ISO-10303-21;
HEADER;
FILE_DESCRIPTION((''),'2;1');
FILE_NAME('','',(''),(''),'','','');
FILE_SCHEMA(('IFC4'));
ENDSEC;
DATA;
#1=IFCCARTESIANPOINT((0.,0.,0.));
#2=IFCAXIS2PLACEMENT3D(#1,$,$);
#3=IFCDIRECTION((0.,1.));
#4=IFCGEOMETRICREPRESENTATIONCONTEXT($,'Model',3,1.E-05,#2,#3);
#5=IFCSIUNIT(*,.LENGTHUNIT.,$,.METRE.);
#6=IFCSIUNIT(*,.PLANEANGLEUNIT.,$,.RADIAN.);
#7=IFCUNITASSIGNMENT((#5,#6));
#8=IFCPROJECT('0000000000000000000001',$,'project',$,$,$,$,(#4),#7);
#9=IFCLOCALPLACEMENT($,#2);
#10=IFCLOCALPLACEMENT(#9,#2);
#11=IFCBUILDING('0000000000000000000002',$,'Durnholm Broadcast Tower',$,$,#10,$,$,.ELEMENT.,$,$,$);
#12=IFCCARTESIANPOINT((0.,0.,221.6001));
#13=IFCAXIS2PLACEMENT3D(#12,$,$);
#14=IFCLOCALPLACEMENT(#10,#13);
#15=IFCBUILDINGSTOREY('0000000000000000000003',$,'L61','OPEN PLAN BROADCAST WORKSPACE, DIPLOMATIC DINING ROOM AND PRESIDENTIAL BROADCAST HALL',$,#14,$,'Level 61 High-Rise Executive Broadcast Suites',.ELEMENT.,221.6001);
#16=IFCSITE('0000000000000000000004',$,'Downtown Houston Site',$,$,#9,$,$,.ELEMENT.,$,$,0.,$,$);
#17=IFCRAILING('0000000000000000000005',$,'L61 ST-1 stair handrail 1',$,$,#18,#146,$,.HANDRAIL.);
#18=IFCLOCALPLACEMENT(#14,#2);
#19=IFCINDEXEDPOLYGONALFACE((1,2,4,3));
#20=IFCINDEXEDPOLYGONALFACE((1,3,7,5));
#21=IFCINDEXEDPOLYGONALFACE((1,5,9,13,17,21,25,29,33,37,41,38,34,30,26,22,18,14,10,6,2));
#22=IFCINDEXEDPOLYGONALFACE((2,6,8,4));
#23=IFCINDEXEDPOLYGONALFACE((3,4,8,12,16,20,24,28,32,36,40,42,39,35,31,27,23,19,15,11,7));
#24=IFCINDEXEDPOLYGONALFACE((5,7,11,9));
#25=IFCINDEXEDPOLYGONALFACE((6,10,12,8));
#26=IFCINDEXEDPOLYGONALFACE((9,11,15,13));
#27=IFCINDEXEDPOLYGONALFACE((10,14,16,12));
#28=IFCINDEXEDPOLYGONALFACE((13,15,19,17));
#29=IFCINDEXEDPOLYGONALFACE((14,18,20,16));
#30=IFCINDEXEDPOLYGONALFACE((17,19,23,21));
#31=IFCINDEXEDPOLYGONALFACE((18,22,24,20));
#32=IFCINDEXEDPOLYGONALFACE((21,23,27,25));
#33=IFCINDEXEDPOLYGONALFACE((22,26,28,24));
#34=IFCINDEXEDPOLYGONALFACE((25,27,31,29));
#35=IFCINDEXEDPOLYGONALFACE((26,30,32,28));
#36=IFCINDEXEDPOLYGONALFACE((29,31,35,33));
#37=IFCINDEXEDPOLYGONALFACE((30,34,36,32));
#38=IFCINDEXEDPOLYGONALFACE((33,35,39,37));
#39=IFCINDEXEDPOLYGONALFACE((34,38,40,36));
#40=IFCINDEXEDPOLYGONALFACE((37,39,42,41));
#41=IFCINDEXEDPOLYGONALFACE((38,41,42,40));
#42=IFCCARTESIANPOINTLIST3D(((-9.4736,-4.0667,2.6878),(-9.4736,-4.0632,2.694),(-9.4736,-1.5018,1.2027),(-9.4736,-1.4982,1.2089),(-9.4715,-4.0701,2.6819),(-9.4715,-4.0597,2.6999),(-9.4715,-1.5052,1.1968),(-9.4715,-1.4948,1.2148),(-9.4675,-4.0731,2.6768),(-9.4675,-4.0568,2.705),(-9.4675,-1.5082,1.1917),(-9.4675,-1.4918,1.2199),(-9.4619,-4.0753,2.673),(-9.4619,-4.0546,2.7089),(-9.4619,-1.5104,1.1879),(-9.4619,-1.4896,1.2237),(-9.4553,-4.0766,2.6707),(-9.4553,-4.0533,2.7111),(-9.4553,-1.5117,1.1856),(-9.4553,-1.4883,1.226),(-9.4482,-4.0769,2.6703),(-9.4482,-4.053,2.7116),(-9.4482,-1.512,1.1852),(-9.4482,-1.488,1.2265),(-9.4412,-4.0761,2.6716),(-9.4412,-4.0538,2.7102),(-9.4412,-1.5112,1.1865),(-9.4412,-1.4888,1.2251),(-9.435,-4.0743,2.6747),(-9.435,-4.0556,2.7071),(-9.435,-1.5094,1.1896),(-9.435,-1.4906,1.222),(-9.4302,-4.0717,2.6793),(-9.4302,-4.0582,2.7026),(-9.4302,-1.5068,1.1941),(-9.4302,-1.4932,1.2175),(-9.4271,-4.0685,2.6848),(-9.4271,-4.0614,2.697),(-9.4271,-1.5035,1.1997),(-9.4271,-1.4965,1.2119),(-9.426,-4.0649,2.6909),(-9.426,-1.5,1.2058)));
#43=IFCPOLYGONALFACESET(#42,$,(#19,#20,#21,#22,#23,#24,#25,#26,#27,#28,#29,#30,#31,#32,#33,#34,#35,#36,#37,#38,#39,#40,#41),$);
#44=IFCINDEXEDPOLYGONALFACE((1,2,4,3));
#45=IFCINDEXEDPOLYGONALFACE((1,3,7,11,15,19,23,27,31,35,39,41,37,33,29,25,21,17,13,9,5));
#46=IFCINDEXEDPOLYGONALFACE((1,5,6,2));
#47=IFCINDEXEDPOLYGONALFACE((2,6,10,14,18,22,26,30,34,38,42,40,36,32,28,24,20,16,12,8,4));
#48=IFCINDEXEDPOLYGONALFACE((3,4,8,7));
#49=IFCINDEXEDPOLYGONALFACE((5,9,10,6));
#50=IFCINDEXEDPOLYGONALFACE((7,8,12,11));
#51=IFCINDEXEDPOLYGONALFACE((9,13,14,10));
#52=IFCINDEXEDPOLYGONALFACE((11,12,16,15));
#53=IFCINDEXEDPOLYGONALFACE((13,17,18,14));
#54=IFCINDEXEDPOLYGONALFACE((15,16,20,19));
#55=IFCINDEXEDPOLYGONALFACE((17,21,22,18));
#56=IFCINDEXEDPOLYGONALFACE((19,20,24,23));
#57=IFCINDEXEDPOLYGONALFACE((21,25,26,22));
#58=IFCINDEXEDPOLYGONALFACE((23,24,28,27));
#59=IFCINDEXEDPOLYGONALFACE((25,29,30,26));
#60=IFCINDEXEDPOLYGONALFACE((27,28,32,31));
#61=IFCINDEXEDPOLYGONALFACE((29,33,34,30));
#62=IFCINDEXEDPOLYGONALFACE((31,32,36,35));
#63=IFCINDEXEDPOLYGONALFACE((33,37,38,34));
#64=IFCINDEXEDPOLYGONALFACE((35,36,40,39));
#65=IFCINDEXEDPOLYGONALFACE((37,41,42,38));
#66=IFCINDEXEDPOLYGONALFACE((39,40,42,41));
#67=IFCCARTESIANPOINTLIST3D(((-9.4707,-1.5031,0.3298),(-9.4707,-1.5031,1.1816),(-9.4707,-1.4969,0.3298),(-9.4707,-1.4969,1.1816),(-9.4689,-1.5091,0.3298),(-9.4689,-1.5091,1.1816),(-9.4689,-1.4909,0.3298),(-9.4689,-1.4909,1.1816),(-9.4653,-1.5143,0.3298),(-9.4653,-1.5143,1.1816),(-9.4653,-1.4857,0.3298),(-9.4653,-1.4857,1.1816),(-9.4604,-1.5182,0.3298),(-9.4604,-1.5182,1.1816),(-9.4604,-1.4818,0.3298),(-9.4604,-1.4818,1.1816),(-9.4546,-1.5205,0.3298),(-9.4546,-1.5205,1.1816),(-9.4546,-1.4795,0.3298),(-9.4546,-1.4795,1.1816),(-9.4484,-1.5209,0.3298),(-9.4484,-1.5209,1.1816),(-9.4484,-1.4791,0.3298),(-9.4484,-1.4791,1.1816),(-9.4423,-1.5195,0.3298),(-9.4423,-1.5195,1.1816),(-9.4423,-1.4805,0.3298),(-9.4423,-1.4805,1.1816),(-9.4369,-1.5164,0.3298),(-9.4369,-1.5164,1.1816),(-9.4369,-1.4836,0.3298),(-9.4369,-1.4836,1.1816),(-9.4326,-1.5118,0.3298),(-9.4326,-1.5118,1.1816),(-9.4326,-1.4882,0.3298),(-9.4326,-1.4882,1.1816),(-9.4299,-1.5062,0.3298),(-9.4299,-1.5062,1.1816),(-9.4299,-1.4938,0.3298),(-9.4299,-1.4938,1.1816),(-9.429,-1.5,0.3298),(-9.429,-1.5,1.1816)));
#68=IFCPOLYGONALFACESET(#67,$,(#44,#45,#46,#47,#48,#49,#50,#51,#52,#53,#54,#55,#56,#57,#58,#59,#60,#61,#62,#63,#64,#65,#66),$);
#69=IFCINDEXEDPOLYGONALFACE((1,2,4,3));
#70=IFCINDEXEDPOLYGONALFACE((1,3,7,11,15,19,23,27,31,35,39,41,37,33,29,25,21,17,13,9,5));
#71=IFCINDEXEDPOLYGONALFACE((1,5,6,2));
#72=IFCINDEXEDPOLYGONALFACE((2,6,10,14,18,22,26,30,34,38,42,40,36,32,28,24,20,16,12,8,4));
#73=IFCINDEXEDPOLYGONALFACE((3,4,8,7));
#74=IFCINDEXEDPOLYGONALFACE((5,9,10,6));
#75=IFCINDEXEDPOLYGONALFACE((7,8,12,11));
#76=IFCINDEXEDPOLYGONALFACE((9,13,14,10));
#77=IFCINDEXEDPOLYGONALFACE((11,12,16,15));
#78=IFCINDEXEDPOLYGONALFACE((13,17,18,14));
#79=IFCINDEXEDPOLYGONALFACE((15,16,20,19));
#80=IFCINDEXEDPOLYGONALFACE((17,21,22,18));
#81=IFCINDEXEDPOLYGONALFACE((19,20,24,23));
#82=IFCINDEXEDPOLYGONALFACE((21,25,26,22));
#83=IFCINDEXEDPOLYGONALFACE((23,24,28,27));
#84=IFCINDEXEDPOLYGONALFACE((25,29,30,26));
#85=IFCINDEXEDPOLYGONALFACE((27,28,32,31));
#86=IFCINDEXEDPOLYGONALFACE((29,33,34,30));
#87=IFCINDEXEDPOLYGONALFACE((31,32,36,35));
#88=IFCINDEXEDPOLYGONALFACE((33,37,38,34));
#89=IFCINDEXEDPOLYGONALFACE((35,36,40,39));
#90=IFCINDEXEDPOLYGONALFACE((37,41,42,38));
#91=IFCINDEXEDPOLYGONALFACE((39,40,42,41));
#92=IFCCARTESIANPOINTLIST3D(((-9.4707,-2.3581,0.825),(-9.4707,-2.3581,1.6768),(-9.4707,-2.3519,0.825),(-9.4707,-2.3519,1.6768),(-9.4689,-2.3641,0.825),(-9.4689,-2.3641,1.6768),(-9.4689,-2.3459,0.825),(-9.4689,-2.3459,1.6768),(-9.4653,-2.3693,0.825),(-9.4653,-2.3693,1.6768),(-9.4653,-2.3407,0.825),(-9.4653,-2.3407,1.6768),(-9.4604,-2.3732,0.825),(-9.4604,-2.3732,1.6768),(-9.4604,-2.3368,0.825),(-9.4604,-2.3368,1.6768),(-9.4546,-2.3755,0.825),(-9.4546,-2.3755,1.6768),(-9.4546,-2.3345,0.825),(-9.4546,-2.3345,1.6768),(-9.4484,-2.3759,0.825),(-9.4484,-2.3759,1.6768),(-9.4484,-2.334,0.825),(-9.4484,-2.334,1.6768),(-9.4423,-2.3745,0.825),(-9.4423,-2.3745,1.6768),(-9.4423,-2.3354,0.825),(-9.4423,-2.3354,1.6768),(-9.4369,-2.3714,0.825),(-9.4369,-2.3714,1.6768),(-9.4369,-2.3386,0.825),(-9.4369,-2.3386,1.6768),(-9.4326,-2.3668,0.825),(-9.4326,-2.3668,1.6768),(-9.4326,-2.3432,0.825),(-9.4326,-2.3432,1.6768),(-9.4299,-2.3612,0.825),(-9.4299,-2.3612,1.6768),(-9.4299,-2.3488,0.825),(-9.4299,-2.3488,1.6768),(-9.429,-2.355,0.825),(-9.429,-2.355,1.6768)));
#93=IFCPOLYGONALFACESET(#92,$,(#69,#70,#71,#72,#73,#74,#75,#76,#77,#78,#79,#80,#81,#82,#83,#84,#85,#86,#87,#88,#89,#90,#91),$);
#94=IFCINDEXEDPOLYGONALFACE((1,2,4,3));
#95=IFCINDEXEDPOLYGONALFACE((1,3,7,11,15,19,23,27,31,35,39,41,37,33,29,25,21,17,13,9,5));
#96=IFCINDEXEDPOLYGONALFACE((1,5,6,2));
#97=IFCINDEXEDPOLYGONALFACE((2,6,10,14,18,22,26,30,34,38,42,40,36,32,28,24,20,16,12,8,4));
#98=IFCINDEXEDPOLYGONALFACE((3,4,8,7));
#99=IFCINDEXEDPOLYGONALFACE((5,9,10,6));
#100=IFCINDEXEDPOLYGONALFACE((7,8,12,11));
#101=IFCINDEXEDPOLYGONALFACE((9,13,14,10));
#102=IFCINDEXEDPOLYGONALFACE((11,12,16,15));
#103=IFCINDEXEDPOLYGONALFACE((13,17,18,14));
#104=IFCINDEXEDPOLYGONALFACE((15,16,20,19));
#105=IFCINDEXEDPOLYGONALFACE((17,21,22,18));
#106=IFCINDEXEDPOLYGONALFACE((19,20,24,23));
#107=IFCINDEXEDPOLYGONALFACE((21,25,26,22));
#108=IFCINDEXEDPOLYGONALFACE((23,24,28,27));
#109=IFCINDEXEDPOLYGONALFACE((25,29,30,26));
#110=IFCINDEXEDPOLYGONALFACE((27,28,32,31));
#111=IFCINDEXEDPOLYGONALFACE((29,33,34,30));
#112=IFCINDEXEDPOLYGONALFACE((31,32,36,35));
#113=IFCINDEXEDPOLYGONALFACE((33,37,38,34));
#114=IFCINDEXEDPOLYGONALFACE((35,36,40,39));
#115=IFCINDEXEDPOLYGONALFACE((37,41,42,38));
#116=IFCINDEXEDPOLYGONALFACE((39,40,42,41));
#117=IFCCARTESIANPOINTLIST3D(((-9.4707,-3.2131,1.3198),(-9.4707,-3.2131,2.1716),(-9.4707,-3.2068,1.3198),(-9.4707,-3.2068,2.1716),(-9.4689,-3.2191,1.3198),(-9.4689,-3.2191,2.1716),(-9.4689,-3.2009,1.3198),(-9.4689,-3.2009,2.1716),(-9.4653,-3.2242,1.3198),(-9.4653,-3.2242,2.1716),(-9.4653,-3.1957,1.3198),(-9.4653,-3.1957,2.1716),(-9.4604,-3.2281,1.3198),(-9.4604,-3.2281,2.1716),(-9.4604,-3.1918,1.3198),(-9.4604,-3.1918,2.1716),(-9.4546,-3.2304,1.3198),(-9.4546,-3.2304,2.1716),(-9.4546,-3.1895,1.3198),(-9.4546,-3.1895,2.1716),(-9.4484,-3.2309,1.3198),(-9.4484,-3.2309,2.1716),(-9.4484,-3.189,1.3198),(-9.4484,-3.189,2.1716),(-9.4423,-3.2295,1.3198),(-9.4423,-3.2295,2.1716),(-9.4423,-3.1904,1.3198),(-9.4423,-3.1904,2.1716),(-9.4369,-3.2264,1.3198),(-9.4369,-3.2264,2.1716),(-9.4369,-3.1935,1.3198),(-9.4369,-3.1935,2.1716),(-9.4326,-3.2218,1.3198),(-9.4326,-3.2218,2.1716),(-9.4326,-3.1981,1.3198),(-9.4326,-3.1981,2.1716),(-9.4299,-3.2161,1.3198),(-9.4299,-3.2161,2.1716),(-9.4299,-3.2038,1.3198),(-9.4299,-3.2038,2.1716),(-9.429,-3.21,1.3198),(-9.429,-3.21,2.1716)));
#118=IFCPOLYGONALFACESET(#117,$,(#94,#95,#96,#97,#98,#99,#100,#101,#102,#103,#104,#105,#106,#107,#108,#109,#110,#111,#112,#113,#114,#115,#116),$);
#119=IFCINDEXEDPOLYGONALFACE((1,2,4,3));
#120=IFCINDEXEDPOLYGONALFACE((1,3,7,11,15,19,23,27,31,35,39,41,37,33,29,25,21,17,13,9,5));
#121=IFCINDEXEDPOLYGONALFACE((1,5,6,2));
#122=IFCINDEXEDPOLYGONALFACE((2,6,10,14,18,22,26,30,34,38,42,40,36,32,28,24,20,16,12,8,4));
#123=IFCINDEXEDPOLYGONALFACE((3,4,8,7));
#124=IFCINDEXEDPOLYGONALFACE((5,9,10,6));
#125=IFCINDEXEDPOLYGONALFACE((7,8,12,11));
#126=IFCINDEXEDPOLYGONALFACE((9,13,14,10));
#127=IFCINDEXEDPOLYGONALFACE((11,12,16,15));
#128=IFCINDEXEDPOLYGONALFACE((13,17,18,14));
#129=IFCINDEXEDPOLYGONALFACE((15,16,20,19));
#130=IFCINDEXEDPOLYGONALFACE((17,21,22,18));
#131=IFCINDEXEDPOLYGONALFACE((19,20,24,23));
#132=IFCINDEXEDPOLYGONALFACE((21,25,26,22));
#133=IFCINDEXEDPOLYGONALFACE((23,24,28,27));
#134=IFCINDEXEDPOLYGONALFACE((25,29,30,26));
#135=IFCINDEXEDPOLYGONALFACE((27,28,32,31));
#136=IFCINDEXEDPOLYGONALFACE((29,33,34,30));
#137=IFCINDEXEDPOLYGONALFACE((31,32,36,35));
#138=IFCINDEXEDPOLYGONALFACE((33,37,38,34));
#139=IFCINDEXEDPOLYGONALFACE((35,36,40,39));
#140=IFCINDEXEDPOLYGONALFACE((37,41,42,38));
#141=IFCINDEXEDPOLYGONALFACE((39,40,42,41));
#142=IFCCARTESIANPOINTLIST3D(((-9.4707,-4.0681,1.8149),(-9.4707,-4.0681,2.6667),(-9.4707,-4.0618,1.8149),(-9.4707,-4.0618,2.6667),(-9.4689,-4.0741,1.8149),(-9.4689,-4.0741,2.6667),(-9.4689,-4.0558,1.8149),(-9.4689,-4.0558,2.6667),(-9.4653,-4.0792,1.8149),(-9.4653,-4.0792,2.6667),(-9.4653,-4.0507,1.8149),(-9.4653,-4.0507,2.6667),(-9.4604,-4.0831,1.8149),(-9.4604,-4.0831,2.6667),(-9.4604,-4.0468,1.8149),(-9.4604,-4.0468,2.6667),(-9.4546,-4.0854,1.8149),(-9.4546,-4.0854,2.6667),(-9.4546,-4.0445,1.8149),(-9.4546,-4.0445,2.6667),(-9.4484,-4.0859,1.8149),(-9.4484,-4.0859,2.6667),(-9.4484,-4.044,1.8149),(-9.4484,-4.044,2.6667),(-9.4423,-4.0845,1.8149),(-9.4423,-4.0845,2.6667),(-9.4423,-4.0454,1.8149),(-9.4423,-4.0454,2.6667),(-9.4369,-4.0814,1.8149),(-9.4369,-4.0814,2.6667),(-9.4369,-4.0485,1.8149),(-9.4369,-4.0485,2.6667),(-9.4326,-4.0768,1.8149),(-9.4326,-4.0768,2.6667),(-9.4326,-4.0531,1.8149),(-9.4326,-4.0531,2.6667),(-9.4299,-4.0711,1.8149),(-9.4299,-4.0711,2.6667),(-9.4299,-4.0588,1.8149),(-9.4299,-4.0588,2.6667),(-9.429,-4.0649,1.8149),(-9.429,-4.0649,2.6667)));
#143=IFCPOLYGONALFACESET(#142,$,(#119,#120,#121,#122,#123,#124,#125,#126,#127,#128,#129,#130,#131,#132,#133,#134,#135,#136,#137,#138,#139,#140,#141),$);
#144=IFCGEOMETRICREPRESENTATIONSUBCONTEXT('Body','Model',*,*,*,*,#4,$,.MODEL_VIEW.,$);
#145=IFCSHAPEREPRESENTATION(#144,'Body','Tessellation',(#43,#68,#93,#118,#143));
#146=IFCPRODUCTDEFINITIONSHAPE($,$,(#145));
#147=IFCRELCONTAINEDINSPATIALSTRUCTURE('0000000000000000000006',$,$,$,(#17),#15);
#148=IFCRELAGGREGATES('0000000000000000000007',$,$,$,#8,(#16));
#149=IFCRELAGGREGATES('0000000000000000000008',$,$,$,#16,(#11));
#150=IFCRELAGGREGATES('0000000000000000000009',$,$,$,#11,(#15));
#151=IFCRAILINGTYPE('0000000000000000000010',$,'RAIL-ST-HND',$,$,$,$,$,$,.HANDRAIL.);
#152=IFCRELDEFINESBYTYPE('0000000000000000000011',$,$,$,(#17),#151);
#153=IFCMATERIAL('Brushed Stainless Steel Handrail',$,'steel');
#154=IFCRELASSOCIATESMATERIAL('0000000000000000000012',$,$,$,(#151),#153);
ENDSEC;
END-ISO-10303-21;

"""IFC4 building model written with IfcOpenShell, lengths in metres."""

from ifc_helpers import new_model, si_unit, direction, frame, origin, origin_2d, place, context, subcontext, project, spatial, circle, extrude, material, type_object, element, save


model = new_model("IFC4")

# Units and contexts
model_context = context("Model", 3, precision=1e-05, world=origin(), true_north=direction((0.0, 1.0)))
body_context = subcontext(model_context, "Body", "Model", "MODEL_VIEW")
ifc_project = project(units=[si_unit("LENGTHUNIT", "METRE"), si_unit("PLANEANGLEUNIT", "RADIAN")], contexts=[model_context])

# Site, building, storey
site_placement = place(None, origin())
site = spatial("IfcSite", under=ifc_project, at=site_placement, Name="Downtown Houston Site", CompositionType="ELEMENT", RefElevation=0.0)
building_placement = place(site_placement, origin())
building = spatial("IfcBuilding", under=site, at=building_placement, Name="Durnholm Broadcast Tower", CompositionType="ELEMENT")
storey_placement = place(building_placement, frame((0.0, 0.0, 221.6001)))
storey = spatial("IfcBuildingStorey", under=building, at=storey_placement, Name="L61", Description="OPEN PLAN BROADCAST WORKSPACE, DIPLOMATIC DINING ROOM AND PRESIDENTIAL BROADCAST HALL", LongName="Level 61 High-Rise Executive Broadcast Suites", CompositionType="ELEMENT", Elevation=221.6001)

# Railing
ifc_material_1 = material(Name="Brushed Stainless Steel Handrail", Category="steel")
railing_type_1 = type_object("IfcRailingType", Name="RAIL-ST-HND", PredefinedType="HANDRAIL", material=ifc_material_1)
railing_1_placement = place(storey_placement, frame((-9.45, -1.5, 0.3298)))
element("IfcRailing", 1, at=railing_1_placement, inside=storey, type_object=railing_type_1, Name="L61 ST-1 stair handrail 1", PredefinedType="HANDRAIL", context=body_context, shape_type="SweptSolid", body=[
    extrude(circle(Radius=0.0239, at=origin_2d()), frame((0.0, 0.0, 0.876), z_axis=(0.0, -0.865406, 0.501072), x_axis=(1.0, 0.0, 0.0)), (0.0, 0.0, 1.0), 2.9639),
    extrude(circle(Radius=0.021, at=origin_2d()), origin(), (0.0, 0.0, 1.0), 0.8518),
    extrude(circle(Radius=0.021, at=origin_2d()), frame((0.0, -0.855, 0.4951)), (0.0, 0.0, 1.0), 0.8518),
    extrude(circle(Radius=0.021, at=origin_2d()), frame((0.0, -1.71, 0.99)), (0.0, 0.0, 1.0), 0.8518),
    extrude(circle(Radius=0.021, at=origin_2d()), frame((0.0, -2.5649, 1.4851)), (0.0, 0.0, 1.0), 0.8518),
])

save(model, "model.ifc")
